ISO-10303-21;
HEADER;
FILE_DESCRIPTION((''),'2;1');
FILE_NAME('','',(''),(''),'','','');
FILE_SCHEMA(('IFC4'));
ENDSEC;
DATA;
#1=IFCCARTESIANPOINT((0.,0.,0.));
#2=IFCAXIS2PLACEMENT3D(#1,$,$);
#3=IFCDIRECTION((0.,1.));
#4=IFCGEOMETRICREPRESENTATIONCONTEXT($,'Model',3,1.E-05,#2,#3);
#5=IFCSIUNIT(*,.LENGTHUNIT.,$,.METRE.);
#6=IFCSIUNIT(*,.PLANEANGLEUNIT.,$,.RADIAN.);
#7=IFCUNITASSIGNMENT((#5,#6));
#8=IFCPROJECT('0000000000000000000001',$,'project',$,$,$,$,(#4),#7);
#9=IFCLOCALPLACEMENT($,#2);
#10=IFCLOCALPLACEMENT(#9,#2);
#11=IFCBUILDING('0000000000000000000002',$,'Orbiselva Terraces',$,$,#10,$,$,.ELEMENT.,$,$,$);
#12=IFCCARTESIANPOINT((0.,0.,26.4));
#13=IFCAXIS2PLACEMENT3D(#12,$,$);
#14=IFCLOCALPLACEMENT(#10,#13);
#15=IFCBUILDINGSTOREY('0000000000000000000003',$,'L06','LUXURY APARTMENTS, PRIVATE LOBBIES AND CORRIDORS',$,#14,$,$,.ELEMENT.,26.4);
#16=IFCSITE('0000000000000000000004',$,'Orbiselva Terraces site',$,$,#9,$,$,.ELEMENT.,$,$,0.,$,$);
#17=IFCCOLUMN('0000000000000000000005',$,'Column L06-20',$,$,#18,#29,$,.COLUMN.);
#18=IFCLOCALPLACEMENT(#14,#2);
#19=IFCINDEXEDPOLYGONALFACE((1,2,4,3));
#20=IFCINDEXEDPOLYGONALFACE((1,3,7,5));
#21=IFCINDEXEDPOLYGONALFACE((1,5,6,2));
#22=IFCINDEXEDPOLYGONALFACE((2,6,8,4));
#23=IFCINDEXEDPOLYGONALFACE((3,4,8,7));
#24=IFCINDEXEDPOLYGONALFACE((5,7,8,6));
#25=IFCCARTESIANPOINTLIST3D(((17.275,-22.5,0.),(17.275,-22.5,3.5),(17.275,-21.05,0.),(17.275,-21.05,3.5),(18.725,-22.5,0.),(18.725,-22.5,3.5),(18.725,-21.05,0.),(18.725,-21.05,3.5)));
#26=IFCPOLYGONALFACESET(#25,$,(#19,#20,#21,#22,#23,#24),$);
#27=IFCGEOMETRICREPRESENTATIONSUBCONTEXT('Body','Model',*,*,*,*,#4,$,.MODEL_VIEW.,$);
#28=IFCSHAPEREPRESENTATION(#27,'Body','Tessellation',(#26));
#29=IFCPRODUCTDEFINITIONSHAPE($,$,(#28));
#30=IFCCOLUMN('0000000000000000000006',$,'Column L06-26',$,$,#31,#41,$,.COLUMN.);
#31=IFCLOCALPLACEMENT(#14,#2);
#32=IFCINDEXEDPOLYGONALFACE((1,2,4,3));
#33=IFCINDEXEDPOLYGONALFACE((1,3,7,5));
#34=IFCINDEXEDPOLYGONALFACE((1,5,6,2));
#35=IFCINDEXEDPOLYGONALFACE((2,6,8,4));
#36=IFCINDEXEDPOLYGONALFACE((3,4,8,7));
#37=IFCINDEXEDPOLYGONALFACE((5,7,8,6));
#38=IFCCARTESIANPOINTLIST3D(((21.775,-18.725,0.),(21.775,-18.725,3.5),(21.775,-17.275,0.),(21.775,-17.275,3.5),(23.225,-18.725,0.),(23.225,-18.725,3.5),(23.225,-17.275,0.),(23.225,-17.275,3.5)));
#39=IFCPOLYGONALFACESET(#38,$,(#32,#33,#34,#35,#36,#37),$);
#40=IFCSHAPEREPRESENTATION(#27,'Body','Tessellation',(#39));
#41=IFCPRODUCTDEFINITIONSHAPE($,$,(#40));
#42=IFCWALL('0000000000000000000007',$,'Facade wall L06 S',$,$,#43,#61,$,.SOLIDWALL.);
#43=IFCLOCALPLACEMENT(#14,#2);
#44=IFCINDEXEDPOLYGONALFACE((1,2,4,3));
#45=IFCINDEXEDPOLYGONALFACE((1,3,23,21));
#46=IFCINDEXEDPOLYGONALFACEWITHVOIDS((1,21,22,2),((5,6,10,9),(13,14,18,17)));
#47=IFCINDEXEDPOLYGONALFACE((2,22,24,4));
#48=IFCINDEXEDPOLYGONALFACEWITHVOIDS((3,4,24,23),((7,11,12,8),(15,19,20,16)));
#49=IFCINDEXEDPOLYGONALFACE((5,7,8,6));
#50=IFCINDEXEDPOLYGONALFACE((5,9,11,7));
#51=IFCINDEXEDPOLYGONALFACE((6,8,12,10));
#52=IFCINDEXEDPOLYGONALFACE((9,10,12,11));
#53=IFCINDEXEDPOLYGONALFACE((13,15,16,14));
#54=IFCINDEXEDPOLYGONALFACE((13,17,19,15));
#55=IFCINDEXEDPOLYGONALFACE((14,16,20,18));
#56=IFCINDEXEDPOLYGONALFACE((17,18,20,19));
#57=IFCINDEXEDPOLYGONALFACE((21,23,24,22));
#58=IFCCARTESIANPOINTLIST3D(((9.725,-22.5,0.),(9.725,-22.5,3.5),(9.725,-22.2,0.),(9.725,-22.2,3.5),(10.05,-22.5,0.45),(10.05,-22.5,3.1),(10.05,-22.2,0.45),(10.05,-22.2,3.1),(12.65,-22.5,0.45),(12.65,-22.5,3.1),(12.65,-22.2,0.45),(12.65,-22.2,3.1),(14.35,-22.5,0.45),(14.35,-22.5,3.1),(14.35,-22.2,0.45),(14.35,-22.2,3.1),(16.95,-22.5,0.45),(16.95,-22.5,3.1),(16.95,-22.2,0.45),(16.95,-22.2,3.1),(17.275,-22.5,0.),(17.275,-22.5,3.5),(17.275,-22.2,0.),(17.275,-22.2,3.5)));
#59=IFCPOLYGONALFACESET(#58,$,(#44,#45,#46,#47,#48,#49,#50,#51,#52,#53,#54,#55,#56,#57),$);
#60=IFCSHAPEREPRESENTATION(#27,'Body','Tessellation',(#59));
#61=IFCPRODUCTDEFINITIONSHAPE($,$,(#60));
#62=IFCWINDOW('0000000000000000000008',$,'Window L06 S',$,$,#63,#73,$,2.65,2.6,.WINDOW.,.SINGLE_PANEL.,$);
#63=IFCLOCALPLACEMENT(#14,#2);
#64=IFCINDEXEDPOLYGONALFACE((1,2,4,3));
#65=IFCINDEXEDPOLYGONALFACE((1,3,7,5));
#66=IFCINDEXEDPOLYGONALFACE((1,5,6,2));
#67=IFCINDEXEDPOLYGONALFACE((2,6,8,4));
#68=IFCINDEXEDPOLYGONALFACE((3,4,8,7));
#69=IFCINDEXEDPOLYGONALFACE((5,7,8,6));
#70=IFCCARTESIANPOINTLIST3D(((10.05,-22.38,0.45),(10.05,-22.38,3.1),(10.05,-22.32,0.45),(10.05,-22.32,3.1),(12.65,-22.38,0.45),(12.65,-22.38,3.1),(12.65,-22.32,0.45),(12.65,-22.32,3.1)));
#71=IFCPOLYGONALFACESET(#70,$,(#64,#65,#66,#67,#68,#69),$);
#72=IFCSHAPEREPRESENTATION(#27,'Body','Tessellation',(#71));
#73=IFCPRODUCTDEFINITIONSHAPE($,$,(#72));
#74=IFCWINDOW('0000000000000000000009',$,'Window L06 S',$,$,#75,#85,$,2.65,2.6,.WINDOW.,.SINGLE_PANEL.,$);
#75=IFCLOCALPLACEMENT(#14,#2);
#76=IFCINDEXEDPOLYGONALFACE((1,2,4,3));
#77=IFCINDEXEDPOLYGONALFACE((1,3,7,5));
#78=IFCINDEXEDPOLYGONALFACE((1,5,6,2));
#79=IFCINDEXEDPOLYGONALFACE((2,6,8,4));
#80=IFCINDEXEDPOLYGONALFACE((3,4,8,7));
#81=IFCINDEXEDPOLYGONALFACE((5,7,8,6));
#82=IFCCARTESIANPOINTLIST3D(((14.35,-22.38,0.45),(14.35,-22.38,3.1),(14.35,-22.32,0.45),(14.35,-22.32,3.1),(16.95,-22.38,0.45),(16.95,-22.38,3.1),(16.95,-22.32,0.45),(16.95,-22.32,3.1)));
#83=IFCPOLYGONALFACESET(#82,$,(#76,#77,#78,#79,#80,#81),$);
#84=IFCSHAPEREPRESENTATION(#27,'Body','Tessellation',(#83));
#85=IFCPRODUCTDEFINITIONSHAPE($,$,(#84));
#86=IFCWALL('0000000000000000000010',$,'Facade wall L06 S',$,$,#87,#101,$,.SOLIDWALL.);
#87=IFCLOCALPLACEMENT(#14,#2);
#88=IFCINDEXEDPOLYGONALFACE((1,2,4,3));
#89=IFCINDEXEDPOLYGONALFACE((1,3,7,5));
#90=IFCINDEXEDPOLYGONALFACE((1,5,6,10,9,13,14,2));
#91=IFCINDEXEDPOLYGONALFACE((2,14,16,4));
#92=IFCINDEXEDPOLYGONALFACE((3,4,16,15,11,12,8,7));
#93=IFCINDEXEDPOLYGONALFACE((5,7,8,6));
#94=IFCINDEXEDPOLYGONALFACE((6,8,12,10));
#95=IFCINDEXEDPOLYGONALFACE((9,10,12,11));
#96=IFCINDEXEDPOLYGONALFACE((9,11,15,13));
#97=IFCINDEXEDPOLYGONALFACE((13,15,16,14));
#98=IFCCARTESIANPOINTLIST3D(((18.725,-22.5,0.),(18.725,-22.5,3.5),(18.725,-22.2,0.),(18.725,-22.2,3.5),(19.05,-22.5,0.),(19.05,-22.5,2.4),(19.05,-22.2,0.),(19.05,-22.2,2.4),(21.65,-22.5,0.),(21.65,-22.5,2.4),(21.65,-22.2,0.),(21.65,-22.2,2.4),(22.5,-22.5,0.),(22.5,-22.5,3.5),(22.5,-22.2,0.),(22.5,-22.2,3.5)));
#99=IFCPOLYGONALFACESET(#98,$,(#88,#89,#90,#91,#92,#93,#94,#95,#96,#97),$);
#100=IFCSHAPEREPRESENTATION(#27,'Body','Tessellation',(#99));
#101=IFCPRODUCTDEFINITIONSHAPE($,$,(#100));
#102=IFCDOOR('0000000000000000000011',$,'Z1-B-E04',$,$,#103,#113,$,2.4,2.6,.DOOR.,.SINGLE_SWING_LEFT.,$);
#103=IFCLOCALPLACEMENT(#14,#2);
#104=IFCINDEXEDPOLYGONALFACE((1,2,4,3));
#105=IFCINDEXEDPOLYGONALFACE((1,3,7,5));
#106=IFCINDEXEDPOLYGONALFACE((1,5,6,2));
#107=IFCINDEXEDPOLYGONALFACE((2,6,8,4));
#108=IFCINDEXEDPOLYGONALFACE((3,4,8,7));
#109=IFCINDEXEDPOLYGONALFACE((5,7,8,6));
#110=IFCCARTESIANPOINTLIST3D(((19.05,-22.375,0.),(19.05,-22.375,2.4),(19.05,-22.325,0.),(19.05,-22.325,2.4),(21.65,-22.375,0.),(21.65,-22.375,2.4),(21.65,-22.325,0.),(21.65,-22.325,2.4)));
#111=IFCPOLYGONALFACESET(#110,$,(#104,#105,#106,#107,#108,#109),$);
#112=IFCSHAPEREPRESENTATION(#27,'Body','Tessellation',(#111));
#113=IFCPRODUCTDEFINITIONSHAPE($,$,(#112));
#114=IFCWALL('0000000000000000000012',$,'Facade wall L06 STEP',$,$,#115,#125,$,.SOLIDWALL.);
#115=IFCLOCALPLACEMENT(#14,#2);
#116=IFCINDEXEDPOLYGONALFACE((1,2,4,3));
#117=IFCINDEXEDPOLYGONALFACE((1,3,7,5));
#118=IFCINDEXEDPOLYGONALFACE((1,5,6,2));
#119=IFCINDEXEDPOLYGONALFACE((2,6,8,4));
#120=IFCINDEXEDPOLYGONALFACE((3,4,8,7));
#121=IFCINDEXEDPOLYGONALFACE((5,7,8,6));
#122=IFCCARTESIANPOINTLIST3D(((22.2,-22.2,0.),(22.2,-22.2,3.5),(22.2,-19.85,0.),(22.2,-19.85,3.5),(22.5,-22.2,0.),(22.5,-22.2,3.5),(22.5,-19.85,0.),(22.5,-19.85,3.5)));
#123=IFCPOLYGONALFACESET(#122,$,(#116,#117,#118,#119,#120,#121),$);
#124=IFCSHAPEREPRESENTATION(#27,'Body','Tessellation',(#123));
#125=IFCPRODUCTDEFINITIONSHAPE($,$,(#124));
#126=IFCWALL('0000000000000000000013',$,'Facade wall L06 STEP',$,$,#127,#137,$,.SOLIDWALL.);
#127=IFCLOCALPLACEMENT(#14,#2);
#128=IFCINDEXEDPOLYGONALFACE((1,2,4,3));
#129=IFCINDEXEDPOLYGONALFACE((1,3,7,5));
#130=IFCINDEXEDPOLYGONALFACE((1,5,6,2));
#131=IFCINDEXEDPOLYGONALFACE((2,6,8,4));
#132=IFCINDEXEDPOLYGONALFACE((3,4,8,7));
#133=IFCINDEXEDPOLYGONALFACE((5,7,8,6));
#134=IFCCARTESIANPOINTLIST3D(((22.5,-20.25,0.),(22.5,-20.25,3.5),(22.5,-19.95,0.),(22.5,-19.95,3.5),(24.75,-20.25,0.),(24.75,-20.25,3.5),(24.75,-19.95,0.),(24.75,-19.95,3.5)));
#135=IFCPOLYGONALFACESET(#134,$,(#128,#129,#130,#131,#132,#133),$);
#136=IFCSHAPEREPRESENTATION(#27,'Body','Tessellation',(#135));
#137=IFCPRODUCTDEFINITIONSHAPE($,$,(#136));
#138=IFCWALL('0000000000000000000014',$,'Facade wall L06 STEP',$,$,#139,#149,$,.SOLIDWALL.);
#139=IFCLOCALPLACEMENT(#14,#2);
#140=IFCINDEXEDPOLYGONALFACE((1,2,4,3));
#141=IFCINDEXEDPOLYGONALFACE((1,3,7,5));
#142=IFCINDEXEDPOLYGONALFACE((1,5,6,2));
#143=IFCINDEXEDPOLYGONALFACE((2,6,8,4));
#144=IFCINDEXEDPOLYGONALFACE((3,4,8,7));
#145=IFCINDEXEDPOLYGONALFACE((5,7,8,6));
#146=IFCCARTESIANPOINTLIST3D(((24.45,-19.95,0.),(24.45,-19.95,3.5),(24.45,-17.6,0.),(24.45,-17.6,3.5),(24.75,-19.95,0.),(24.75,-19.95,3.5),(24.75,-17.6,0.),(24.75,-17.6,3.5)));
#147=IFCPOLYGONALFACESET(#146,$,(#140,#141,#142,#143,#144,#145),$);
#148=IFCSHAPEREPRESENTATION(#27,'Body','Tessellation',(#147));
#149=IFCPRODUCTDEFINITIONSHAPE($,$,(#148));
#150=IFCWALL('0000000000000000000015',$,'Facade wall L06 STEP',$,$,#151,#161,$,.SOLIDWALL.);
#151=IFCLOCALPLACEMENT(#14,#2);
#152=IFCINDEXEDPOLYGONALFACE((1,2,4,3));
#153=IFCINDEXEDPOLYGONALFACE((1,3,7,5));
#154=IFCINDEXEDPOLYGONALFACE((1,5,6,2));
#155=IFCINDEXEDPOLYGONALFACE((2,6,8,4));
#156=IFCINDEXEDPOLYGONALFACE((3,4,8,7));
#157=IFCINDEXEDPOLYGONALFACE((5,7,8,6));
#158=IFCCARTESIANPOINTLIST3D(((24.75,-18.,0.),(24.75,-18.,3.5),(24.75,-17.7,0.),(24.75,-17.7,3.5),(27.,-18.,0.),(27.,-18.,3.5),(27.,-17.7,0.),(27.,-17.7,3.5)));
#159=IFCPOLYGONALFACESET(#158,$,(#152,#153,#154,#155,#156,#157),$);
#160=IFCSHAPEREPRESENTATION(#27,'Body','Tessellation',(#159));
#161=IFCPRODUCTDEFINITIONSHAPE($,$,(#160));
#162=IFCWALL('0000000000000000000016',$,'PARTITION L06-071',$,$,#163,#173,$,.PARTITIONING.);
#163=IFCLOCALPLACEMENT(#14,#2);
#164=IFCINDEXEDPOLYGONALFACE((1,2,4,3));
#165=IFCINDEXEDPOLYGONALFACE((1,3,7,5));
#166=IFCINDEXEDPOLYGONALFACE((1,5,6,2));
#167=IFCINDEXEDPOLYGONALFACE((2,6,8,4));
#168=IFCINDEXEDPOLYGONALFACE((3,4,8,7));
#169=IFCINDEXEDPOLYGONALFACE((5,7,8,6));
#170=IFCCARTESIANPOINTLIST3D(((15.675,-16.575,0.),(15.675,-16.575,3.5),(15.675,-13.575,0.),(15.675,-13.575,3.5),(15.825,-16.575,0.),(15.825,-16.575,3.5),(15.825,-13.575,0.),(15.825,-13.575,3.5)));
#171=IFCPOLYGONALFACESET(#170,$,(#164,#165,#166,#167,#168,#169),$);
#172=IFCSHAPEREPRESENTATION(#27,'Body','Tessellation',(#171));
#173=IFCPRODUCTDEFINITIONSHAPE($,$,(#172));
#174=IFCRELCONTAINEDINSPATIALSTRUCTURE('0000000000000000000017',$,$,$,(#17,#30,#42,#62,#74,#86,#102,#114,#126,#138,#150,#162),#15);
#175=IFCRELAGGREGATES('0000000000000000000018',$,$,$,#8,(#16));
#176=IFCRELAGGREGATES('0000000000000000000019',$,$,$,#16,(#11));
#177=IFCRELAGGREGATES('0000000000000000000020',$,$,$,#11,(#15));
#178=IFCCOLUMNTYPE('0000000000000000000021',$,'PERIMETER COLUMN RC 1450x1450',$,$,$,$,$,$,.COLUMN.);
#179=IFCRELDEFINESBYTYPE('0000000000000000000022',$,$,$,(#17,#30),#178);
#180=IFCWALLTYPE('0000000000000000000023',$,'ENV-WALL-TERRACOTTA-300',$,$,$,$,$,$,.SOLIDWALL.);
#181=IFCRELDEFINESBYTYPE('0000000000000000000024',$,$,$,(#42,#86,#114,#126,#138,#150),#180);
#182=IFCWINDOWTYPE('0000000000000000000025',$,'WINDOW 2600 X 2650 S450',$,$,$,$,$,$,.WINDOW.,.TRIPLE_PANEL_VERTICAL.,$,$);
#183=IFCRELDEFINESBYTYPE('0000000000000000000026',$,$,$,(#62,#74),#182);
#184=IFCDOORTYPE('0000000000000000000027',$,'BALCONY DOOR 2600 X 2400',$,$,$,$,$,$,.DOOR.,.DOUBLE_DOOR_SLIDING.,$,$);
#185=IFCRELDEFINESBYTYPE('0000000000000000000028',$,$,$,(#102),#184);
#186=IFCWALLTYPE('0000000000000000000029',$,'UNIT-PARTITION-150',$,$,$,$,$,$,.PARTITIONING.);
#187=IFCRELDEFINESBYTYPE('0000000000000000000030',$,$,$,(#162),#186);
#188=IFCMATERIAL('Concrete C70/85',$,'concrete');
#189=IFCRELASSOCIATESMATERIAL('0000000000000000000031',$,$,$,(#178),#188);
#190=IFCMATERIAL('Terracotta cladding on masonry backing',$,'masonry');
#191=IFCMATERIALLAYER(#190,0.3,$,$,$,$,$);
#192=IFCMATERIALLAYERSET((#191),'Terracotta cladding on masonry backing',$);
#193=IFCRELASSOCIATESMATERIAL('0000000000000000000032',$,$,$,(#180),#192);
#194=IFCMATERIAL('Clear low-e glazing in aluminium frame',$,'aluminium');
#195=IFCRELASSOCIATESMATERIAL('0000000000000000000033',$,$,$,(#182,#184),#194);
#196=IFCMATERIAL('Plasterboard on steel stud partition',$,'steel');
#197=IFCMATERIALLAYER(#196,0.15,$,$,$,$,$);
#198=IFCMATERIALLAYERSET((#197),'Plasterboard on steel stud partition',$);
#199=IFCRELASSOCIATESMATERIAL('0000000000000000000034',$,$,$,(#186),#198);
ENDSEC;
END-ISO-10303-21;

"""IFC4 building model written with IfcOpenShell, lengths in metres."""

from ifc_helpers import new_model, si_unit, direction, frame, frame_2d, origin, origin_2d, place, context, subcontext, project, spatial, rectangle, extrude, material, layer, layer_set, material_profile, profile_set, type_object, element, fill, save


model = new_model("IFC4")

# Units and contexts
model_context = context("Model", 3, precision=1e-05, world=origin(), true_north=direction((0.0, 1.0)))
body_context = subcontext(model_context, "Body", "Model", "MODEL_VIEW")
ifc_project = project(units=[si_unit("LENGTHUNIT", "METRE"), si_unit("PLANEANGLEUNIT", "RADIAN")], contexts=[model_context])

# Site, building, storey
site_placement = place(None, origin())
site = spatial("IfcSite", under=ifc_project, at=site_placement, Name="Orbiselva Terraces site", CompositionType="ELEMENT", RefElevation=0.0)
building_placement = place(site_placement, origin())
building = spatial("IfcBuilding", under=site, at=building_placement, Name="Orbiselva Terraces", CompositionType="ELEMENT")
storey_placement = place(building_placement, frame((0.0, 0.0, 26.4)))
storey = spatial("IfcBuildingStorey", under=building, at=storey_placement, Name="L06", Description="LUXURY APARTMENTS, PRIVATE LOBBIES AND CORRIDORS", CompositionType="ELEMENT", Elevation=26.4)

# Columns
ifc_material_1 = material(Name="Concrete C70/85", Category="concrete")
ifc_material_profile = material_profile(ifc_material_1, rectangle(XDim=1.45, YDim=1.45, at=origin_2d()), Name="RC 1450x1450")
ifc_profile_set = profile_set([ifc_material_profile], Name="Concrete C70/85")
column_type = type_object("IfcColumnType", Name="PERIMETER COLUMN RC 1450x1450", PredefinedType="COLUMN", material=ifc_profile_set)
for number, where, z_axis, x_axis, name in (
    (1, (18.0, -21.775, 0.0), (0.0, 0.0, 1.0), (1.0, 0.0, 0.0), "Column L06-20"),
    (2, (22.5, -18.0, 0.0), (0.0, 0.0, 1.0), (1.0, 0.0, 0.0), "Column L06-26"),
):
    element("IfcColumn", number, at=place(storey_placement, frame(where, z_axis=z_axis, x_axis=x_axis)), inside=storey, type_object=column_type, Name=name, PredefinedType="COLUMN", context=body_context, shape_type="SweptSolid", body=[
        extrude(rectangle(XDim=1.45, YDim=1.45, at=origin_2d()), origin(), (0.0, 0.0, 1.0), 3.5),
    ])

# Wall, openings, windows
ifc_material_2 = material(Name="Terracotta cladding on masonry backing", Category="masonry")
ifc_layer_1 = layer(ifc_material_2, 0.3)
ifc_layer_set_1 = layer_set([ifc_layer_1], Name="Terracotta cladding on masonry backing")
wall_type_1 = type_object("IfcWallType", Name="ENV-WALL-TERRACOTTA-300", PredefinedType="SOLIDWALL", material=ifc_layer_set_1)
wall_1_placement = place(storey_placement, frame((17.275, -22.35, 0.0), z_axis=(0.0, 0.0, 1.0), x_axis=(-1.0, 0.0, 0.0)))
wall_1 = element("IfcWall", 3, at=wall_1_placement, inside=storey, type_object=wall_type_1, Name="Facade wall L06 S", PredefinedType="SOLIDWALL", context=body_context, shape_type="SweptSolid", body=[
    extrude(rectangle(XDim=7.55, YDim=0.3, at=frame_2d((3.775, 0.0))), origin(), (0.0, 0.0, 1.0), 3.5),
])
opening_1_placement = place(wall_1_placement, frame((4.625, 0.0, 0.45)))
opening_1 = element("IfcOpeningElement", 4, at=opening_1_placement, cuts=wall_1, PredefinedType="OPENING", context=body_context, shape_type="SweptSolid", body=[
    extrude(rectangle(XDim=2.6, YDim=2.65, at=frame_2d((1.3, 1.325))), frame((0.0, 0.16, 0.0), z_axis=(0.0, -1.0, 0.0), x_axis=(1.0, 0.0, 0.0)), (0.0, 0.0, 1.0), 0.32),
])
opening_2_placement = place(wall_1_placement, frame((0.325, 0.0, 0.45)))
opening_2 = element("IfcOpeningElement", 5, at=opening_2_placement, cuts=wall_1, PredefinedType="OPENING", context=body_context, shape_type="SweptSolid", body=[
    extrude(rectangle(XDim=2.6, YDim=2.65, at=frame_2d((1.3, 1.325))), frame((0.0, 0.16, 0.0), z_axis=(0.0, -1.0, 0.0), x_axis=(1.0, 0.0, 0.0)), (0.0, 0.0, 1.0), 0.32),
])
ifc_material_3 = material(Name="Clear low-e glazing in aluminium frame", Category="aluminium")
window_type = type_object("IfcWindowType", Name="WINDOW 2600 X 2650 S450", PartitioningType="TRIPLE_PANEL_VERTICAL", PredefinedType="WINDOW", material=ifc_material_3)
window_1_placement = place(opening_1_placement, origin())
window_1 = element("IfcWindow", 6, at=window_1_placement, inside=storey, type_object=window_type, Name="Window L06 S", OverallHeight=2.65, OverallWidth=2.6, PartitioningType="SINGLE_PANEL", PredefinedType="WINDOW", context=body_context, shape_type="SweptSolid", body=[
    extrude(rectangle(XDim=2.6, YDim=2.65, at=frame_2d((1.3, 1.325))), frame((0.0, 0.03, 0.0), z_axis=(0.0, -1.0, 0.0), x_axis=(1.0, 0.0, 0.0)), (0.0, 0.0, 1.0), 0.06),
])
fill(opening_1, window_1)
window_2_placement = place(opening_2_placement, origin())
window_2 = element("IfcWindow", 7, at=window_2_placement, inside=storey, type_object=window_type, Name="Window L06 S", OverallHeight=2.65, OverallWidth=2.6, PartitioningType="SINGLE_PANEL", PredefinedType="WINDOW", context=body_context, shape_type="SweptSolid", body=[
    extrude(rectangle(XDim=2.6, YDim=2.65, at=frame_2d((1.3, 1.325))), frame((0.0, 0.03, 0.0), z_axis=(0.0, -1.0, 0.0), x_axis=(1.0, 0.0, 0.0)), (0.0, 0.0, 1.0), 0.06),
])
fill(opening_2, window_2)

# Wall, opening, door
wall_2_placement = place(storey_placement, frame((22.5, -22.35, 0.0), z_axis=(0.0, 0.0, 1.0), x_axis=(-1.0, 0.0, 0.0)))
wall_2 = element("IfcWall", 8, at=wall_2_placement, inside=storey, type_object=wall_type_1, Name="Facade wall L06 S", PredefinedType="SOLIDWALL", context=body_context, shape_type="SweptSolid", body=[
    extrude(rectangle(XDim=3.775, YDim=0.3, at=frame_2d((1.8875, 0.0))), origin(), (0.0, 0.0, 1.0), 3.5),
])
opening_3_placement = place(wall_2_placement, frame((0.85, 0.0, 0.0)))
opening_3 = element("IfcOpeningElement", 9, at=opening_3_placement, cuts=wall_2, PredefinedType="OPENING", context=body_context, shape_type="SweptSolid", body=[
    extrude(rectangle(XDim=2.6, YDim=2.4, at=frame_2d((1.3, 1.2))), frame((0.0, 0.16, 0.0), z_axis=(0.0, -1.0, 0.0), x_axis=(1.0, 0.0, 0.0)), (0.0, 0.0, 1.0), 0.32),
])
door_type = type_object("IfcDoorType", Name="BALCONY DOOR 2600 X 2400", OperationType="DOUBLE_DOOR_SLIDING", PredefinedType="DOOR", material=ifc_material_3)
door_placement = place(opening_3_placement, origin())
door = element("IfcDoor", 10, at=door_placement, inside=storey, type_object=door_type, Name="Z1-B-E04", OperationType="SINGLE_SWING_LEFT", OverallHeight=2.4, OverallWidth=2.6, PredefinedType="DOOR", context=body_context, shape_type="SweptSolid", body=[
    extrude(rectangle(XDim=2.6, YDim=2.4, at=frame_2d((1.3, 1.2))), frame((0.0, 0.025, 0.0), z_axis=(0.0, -1.0, 0.0), x_axis=(1.0, 0.0, 0.0)), (0.0, 0.0, 1.0), 0.05),
])
fill(opening_3, door)

# Walls
wall_3_placement = place(storey_placement, frame((22.35, -19.85, 0.0), z_axis=(0.0, 0.0, 1.0), x_axis=(0.0, -1.0, 0.0)))
element("IfcWall", 11, at=wall_3_placement, inside=storey, type_object=wall_type_1, Name="Facade wall L06 STEP", PredefinedType="SOLIDWALL", context=body_context, shape_type="SweptSolid", body=[
    extrude(rectangle(XDim=2.35, YDim=0.3, at=frame_2d((1.175, 0.0))), origin(), (0.0, 0.0, 1.0), 3.5),
])
wall_4_placement = place(storey_placement, frame((24.75, -20.1, 0.0), z_axis=(0.0, 0.0, 1.0), x_axis=(-1.0, 0.0, 0.0)))
element("IfcWall", 12, at=wall_4_placement, inside=storey, type_object=wall_type_1, Name="Facade wall L06 STEP", PredefinedType="SOLIDWALL", context=body_context, shape_type="SweptSolid", body=[
    extrude(rectangle(XDim=2.25, YDim=0.3, at=frame_2d((1.125, 0.0))), origin(), (0.0, 0.0, 1.0), 3.5),
])
wall_5_placement = place(storey_placement, frame((24.6, -17.6, 0.0), z_axis=(0.0, 0.0, 1.0), x_axis=(0.0, -1.0, 0.0)))
element("IfcWall", 13, at=wall_5_placement, inside=storey, type_object=wall_type_1, Name="Facade wall L06 STEP", PredefinedType="SOLIDWALL", context=body_context, shape_type="SweptSolid", body=[
    extrude(rectangle(XDim=2.35, YDim=0.3, at=frame_2d((1.175, 0.0))), origin(), (0.0, 0.0, 1.0), 3.5),
])
wall_6_placement = place(storey_placement, frame((27.0, -17.85, 0.0), z_axis=(0.0, 0.0, 1.0), x_axis=(-1.0, 0.0, 0.0)))
element("IfcWall", 14, at=wall_6_placement, inside=storey, type_object=wall_type_1, Name="Facade wall L06 STEP", PredefinedType="SOLIDWALL", context=body_context, shape_type="SweptSolid", body=[
    extrude(rectangle(XDim=2.25, YDim=0.3, at=frame_2d((1.125, 0.0))), origin(), (0.0, 0.0, 1.0), 3.5),
])
ifc_material_4 = material(Name="Plasterboard on steel stud partition", Category="steel")
ifc_layer_2 = layer(ifc_material_4, 0.15)
ifc_layer_set_2 = layer_set([ifc_layer_2], Name="Plasterboard on steel stud partition")
wall_type_2 = type_object("IfcWallType", Name="UNIT-PARTITION-150", PredefinedType="PARTITIONING", material=ifc_layer_set_2)
wall_7_placement = place(storey_placement, frame((15.75, -16.575, 0.0), z_axis=(0.0, 0.0, 1.0), x_axis=(0.0, 1.0, 0.0)))
element("IfcWall", 15, at=wall_7_placement, inside=storey, type_object=wall_type_2, Name="PARTITION L06-071", PredefinedType="PARTITIONING", context=body_context, shape_type="SweptSolid", body=[
    extrude(rectangle(XDim=3.0, YDim=0.15, at=frame_2d((1.5, 0.0))), origin(), (0.0, 0.0, 1.0), 3.5),
])

save(model, "model.ifc")
